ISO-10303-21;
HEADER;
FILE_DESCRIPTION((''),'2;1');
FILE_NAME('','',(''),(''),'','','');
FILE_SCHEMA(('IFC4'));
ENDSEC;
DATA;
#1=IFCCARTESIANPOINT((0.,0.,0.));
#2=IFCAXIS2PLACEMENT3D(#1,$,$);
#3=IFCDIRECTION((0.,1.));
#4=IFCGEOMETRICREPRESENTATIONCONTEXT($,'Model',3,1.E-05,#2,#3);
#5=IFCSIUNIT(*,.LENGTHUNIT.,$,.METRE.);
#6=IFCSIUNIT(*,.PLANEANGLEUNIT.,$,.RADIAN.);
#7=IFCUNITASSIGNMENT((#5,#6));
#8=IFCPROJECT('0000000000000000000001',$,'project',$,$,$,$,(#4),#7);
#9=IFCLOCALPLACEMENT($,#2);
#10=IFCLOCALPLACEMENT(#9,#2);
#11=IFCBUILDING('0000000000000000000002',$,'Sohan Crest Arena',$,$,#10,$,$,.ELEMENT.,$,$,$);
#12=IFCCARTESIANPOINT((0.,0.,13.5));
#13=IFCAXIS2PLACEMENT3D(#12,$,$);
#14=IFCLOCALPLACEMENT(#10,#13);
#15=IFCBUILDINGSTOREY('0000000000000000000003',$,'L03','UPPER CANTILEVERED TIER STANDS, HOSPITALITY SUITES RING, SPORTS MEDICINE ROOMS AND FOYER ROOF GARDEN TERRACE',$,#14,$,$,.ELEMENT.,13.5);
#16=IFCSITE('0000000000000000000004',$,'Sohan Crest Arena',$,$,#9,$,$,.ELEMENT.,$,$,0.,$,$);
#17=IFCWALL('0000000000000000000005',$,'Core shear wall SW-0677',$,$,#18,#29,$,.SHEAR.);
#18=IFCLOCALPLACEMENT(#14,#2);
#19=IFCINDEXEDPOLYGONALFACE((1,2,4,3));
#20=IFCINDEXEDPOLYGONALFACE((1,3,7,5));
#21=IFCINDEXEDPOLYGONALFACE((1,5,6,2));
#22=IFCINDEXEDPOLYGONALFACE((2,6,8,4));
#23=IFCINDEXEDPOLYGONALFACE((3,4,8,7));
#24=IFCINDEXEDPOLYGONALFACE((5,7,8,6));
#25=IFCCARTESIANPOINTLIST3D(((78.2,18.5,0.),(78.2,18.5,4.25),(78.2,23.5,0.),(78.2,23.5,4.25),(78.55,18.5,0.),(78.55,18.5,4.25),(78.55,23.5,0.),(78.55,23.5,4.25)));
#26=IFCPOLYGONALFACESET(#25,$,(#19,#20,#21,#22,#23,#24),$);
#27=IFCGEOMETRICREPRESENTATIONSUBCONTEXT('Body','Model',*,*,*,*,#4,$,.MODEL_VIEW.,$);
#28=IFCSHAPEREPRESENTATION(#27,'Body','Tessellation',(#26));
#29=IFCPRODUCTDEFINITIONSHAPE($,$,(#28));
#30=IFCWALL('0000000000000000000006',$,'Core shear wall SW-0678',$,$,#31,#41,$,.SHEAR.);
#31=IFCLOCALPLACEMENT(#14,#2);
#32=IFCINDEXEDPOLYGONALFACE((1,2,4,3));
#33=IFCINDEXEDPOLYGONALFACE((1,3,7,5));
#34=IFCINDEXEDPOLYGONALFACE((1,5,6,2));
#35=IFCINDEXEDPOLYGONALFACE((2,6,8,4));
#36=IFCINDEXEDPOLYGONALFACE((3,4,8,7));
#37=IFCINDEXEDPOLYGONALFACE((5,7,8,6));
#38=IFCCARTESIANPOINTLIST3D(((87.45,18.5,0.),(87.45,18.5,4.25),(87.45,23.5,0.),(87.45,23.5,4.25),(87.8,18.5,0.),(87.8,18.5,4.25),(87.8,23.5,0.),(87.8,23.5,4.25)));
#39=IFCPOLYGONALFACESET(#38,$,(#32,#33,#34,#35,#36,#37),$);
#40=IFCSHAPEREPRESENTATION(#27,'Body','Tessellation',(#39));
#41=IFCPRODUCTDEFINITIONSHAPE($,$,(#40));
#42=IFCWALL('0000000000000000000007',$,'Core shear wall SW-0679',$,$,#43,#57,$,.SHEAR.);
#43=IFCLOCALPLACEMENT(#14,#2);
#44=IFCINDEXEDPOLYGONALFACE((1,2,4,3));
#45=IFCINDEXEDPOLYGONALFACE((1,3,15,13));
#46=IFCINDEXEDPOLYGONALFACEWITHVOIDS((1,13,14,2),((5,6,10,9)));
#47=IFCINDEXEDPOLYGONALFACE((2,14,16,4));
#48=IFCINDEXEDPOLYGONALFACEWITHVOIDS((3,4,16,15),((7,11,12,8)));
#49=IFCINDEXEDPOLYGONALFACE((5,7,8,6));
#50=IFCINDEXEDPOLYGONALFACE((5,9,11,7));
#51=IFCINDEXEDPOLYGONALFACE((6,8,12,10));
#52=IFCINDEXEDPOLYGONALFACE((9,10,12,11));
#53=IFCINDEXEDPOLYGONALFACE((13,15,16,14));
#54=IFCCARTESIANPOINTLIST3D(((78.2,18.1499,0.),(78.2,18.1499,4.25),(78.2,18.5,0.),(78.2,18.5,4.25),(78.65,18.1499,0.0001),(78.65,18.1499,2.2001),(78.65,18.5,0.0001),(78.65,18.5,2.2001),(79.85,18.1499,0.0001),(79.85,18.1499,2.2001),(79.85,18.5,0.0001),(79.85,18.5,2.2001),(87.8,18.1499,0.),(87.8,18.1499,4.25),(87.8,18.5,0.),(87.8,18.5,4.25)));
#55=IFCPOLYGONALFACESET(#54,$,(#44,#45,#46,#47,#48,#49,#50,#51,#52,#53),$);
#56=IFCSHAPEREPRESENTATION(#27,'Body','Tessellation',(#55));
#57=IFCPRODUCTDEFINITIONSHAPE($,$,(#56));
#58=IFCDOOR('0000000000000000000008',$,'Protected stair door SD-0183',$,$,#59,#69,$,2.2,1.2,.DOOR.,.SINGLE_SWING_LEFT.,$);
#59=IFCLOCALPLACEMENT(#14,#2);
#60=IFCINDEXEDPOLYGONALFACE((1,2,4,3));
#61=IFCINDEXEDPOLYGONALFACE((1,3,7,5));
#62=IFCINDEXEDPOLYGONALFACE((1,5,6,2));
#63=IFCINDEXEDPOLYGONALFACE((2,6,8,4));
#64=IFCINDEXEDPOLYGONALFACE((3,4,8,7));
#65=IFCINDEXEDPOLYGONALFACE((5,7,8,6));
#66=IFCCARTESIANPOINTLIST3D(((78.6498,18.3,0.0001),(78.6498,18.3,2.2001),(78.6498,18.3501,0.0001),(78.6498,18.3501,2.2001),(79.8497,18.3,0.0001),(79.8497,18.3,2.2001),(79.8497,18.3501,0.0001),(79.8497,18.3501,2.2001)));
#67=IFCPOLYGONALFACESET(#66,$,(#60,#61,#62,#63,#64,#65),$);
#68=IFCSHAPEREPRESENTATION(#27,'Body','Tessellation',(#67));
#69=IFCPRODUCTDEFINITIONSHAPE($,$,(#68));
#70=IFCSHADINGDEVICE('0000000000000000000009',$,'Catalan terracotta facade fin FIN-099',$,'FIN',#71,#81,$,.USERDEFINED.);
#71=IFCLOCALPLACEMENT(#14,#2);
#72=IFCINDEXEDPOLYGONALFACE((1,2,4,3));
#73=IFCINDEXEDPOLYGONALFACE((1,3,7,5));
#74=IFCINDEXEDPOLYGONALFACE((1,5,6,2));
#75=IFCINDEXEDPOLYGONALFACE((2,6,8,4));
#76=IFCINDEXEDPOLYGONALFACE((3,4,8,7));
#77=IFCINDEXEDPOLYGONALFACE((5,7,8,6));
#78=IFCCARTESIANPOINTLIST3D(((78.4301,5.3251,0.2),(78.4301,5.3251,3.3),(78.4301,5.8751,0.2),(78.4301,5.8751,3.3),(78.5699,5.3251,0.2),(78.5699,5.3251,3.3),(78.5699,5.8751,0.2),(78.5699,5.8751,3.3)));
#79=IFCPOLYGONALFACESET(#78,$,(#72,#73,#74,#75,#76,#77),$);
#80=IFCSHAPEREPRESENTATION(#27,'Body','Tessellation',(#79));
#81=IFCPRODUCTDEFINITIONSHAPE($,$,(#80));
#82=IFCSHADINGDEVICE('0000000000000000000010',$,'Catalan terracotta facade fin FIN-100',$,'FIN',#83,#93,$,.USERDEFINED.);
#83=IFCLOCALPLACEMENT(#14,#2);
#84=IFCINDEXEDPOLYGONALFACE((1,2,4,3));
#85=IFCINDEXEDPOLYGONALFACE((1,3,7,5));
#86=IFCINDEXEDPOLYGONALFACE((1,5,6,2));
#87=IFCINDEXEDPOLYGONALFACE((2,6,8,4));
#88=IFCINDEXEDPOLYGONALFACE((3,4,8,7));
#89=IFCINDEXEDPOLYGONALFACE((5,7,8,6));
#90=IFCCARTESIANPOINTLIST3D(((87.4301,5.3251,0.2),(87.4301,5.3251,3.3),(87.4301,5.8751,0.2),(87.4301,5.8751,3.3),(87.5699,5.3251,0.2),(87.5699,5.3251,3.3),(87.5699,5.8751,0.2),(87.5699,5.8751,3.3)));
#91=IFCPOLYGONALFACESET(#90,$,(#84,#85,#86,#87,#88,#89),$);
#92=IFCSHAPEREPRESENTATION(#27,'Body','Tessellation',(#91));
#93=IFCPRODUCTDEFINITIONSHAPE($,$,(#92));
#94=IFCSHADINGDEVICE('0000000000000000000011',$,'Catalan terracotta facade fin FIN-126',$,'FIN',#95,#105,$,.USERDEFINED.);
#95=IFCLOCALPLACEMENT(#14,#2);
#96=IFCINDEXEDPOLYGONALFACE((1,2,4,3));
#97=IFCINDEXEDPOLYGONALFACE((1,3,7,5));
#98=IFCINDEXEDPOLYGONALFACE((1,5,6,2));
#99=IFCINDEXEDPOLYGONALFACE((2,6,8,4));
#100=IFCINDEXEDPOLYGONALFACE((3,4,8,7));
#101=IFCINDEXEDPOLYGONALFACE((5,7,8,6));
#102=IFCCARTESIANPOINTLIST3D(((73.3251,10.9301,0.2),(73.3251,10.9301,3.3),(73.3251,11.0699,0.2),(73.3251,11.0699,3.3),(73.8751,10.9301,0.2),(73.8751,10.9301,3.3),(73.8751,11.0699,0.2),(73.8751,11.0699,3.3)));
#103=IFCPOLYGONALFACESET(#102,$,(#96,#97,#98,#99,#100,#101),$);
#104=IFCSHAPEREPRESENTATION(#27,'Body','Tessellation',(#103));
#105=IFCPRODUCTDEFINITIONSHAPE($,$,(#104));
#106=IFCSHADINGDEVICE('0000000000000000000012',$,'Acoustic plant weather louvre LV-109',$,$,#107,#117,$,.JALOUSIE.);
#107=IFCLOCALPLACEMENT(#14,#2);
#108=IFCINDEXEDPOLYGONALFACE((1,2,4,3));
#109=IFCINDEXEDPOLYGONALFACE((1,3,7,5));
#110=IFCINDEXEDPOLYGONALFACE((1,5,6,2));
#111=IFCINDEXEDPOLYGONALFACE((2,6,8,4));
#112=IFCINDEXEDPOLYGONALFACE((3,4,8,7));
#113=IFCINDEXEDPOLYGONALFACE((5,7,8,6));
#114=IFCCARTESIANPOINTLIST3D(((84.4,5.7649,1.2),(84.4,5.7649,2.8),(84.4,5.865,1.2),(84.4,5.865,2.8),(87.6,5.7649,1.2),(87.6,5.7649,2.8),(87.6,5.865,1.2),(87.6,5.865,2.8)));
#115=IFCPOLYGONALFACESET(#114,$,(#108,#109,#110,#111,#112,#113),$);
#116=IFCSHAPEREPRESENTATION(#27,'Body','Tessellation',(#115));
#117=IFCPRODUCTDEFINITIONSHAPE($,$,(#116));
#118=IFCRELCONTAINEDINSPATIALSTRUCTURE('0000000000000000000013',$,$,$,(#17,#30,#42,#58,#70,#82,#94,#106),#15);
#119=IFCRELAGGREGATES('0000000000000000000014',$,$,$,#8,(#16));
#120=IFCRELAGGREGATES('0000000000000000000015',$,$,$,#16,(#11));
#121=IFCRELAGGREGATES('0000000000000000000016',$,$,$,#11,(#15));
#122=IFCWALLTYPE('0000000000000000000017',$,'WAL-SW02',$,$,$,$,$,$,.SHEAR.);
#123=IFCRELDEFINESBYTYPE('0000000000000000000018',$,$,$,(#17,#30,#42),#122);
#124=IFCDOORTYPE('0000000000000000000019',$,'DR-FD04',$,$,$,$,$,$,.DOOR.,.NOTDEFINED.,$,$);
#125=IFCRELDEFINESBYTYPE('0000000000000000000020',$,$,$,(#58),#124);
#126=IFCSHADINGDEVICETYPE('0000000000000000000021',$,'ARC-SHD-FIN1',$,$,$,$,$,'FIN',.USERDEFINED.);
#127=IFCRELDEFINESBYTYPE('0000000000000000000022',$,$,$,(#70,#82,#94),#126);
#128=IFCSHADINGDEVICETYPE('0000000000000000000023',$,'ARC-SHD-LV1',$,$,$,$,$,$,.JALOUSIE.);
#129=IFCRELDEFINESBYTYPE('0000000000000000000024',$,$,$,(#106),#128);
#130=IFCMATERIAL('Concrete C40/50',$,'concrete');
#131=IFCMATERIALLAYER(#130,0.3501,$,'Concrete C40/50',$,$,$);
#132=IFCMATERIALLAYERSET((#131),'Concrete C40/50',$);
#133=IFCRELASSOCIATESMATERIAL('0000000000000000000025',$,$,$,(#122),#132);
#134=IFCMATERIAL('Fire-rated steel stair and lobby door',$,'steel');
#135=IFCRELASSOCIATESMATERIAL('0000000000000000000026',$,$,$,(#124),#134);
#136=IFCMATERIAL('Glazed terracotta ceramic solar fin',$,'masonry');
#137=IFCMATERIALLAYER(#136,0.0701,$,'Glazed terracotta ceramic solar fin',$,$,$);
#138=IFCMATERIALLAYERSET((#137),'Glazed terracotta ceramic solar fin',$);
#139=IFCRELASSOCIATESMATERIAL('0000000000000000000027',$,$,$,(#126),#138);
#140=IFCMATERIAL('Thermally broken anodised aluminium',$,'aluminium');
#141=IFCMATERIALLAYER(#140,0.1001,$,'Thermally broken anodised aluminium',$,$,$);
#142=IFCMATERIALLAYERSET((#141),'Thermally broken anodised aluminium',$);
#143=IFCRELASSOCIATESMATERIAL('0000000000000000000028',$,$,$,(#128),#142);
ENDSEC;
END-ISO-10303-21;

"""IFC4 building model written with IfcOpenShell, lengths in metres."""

from ifc_helpers import new_model, si_unit, direction, frame, frame_2d, origin, origin_2d, place, context, subcontext, project, spatial, rectangle, extrude, material, layer, layer_set, type_object, element, fill, save


model = new_model("IFC4")

# Units and contexts
model_context = context("Model", 3, precision=1e-05, world=origin(), true_north=direction((0.0, 1.0)))
body_context = subcontext(model_context, "Body", "Model", "MODEL_VIEW")
ifc_project = project(units=[si_unit("LENGTHUNIT", "METRE"), si_unit("PLANEANGLEUNIT", "RADIAN")], contexts=[model_context])

# Site, building, storey
site_placement = place(None, origin())
site = spatial("IfcSite", under=ifc_project, at=site_placement, Name="Sohan Crest Arena", CompositionType="ELEMENT", RefElevation=0.0)
building_placement = place(site_placement, origin())
building = spatial("IfcBuilding", under=site, at=building_placement, Name="Sohan Crest Arena", CompositionType="ELEMENT")
storey_placement = place(building_placement, frame((0.0, 0.0, 13.5)))
storey = spatial("IfcBuildingStorey", under=building, at=storey_placement, Name="L03", Description="UPPER CANTILEVERED TIER STANDS, HOSPITALITY SUITES RING, SPORTS MEDICINE ROOMS AND FOYER ROOF GARDEN TERRACE", CompositionType="ELEMENT", Elevation=13.5)

# Walls
ifc_material_1 = material(Name="Concrete C40/50", Category="concrete")
ifc_layer_1 = layer(ifc_material_1, 0.3501, Name="Concrete C40/50")
ifc_layer_set_1 = layer_set([ifc_layer_1], Name="Concrete C40/50")
wall_type_1 = type_object("IfcWallType", Name="WAL-SW02", PredefinedType="SHEAR", material=ifc_layer_set_1)
for number, where, z_axis, x_axis, name in (
    (1, (78.375, 18.5, 0.0), (0.0, 0.0, 1.0), (0.0, 1.0, 0.0), "Core shear wall SW-0677"),
    (2, (87.625, 18.5, 0.0), (0.0, 0.0, 1.0), (0.0, 1.0, 0.0), "Core shear wall SW-0678"),
):
    element("IfcWall", number, at=place(storey_placement, frame(where, z_axis=z_axis, x_axis=x_axis)), inside=storey, type_object=wall_type_1, Name=name, PredefinedType="SHEAR", context=body_context, shape_type="SweptSolid", body=[
        extrude(rectangle(XDim=5.0, YDim=0.3501, at=frame_2d((2.5, 0.0))), origin(), (0.0, 0.0, 1.0), 4.25),
    ])

# Wall, opening, door
wall_1_placement = place(storey_placement, frame((78.2, 18.325, 0.0), z_axis=(0.0, 0.0, 1.0), x_axis=(1.0, 0.0, 0.0)))
wall_1 = element("IfcWall", 3, at=wall_1_placement, inside=storey, type_object=wall_type_1, Name="Core shear wall SW-0679", PredefinedType="SHEAR", context=body_context, shape_type="SweptSolid", body=[
    extrude(rectangle(XDim=9.6001, YDim=0.3501, at=frame_2d((4.8, 0.0))), origin(), (0.0, 0.0, 1.0), 4.25),
])
opening_1_placement = place(wall_1_placement, frame((0.45, 0.0, 0.0)))
opening_1 = element("IfcOpeningElement", 4, at=opening_1_placement, cuts=wall_1, PredefinedType="OPENING", context=body_context, shape_type="SweptSolid", body=[
    extrude(rectangle(XDim=1.2, YDim=2.2, at=frame_2d((0.6001, 1.1001))), frame((0.0, 0.1851, 0.0), z_axis=(0.0, -1.0, 0.0), x_axis=(1.0, 0.0, 0.0)), (0.0, 0.0, 1.0), 0.3701),
])
ifc_material_2 = material(Name="Fire-rated steel stair and lobby door", Category="steel")
door_type_1 = type_object("IfcDoorType", Name="DR-FD04", OperationType="NOTDEFINED", PredefinedType="DOOR", material=ifc_material_2)
door_1_placement = place(opening_1_placement, frame((1.2, 0.0, 0.0), z_axis=(0.0, 0.0, 1.0), x_axis=(-1.0, 0.0, 0.0)))
door_1 = element("IfcDoor", 5, at=door_1_placement, inside=storey, type_object=door_type_1, Name="Protected stair door SD-0183", OperationType="SINGLE_SWING_LEFT", OverallHeight=2.2, OverallWidth=1.2, PredefinedType="DOOR", context=body_context, shape_type="SweptSolid", body=[
    extrude(rectangle(XDim=1.2, YDim=2.2, at=frame_2d((0.6001, 1.1001))), frame((0.0, 0.0249, 0.0), z_axis=(0.0, -1.0, 0.0), x_axis=(1.0, 0.0, 0.0)), (0.0, 0.0, 1.0), 0.05),
])
fill(opening_1, door_1)

# Shading devices
ifc_material_3 = material(Name="Glazed terracotta ceramic solar fin", Category="masonry")
ifc_layer_2 = layer(ifc_material_3, 0.0701, Name="Glazed terracotta ceramic solar fin")
ifc_layer_set_2 = layer_set([ifc_layer_2], Name="Glazed terracotta ceramic solar fin")
shading_device_type_1 = type_object("IfcShadingDeviceType", Name="ARC-SHD-FIN1", ElementType="FIN", PredefinedType="USERDEFINED", material=ifc_layer_set_2)
for number, where, z_axis, x_axis, name in (
    (6, (78.5, 5.6001, 0.2), (0.0, 0.0, 1.0), (1.0, 0.0, 0.0), "Catalan terracotta facade fin FIN-099"),
    (7, (87.5, 5.6001, 0.2), (0.0, 0.0, 1.0), (1.0, 0.0, 0.0), "Catalan terracotta facade fin FIN-100"),
    (8, (73.6001, 11.0, 0.2), (0.0, 0.0, 1.0), (0.0, -1.0, 0.0), "Catalan terracotta facade fin FIN-126"),
):
    element("IfcShadingDevice", number, at=place(storey_placement, frame(where, z_axis=z_axis, x_axis=x_axis)), inside=storey, type_object=shading_device_type_1, Name=name, ObjectType="FIN", PredefinedType="USERDEFINED", context=body_context, shape_type="SweptSolid", body=[
        extrude(rectangle(XDim=0.1399, YDim=0.55, at=origin_2d()), origin(), (0.0, 0.0, 1.0), 3.1001),
    ])
ifc_material_4 = material(Name="Thermally broken anodised aluminium", Category="aluminium")
ifc_layer_3 = layer(ifc_material_4, 0.1001, Name="Thermally broken anodised aluminium")
ifc_layer_set_3 = layer_set([ifc_layer_3], Name="Thermally broken anodised aluminium")
shading_device_type_2 = type_object("IfcShadingDeviceType", Name="ARC-SHD-LV1", PredefinedType="JALOUSIE", material=ifc_layer_set_3)
shading_device_placement = place(storey_placement, frame((86.0, 5.8149, 1.2), z_axis=(0.0, 0.0, 1.0), x_axis=(1.0, 0.0, 0.0)))
element("IfcShadingDevice", 9, at=shading_device_placement, inside=storey, type_object=shading_device_type_2, Name="Acoustic plant weather louvre LV-109", PredefinedType="JALOUSIE", context=body_context, shape_type="SweptSolid", body=[
    extrude(rectangle(XDim=3.2, YDim=0.1001, at=origin_2d()), origin(), (0.0, 0.0, 1.0), 1.6001),
])

save(model, "model.ifc")
